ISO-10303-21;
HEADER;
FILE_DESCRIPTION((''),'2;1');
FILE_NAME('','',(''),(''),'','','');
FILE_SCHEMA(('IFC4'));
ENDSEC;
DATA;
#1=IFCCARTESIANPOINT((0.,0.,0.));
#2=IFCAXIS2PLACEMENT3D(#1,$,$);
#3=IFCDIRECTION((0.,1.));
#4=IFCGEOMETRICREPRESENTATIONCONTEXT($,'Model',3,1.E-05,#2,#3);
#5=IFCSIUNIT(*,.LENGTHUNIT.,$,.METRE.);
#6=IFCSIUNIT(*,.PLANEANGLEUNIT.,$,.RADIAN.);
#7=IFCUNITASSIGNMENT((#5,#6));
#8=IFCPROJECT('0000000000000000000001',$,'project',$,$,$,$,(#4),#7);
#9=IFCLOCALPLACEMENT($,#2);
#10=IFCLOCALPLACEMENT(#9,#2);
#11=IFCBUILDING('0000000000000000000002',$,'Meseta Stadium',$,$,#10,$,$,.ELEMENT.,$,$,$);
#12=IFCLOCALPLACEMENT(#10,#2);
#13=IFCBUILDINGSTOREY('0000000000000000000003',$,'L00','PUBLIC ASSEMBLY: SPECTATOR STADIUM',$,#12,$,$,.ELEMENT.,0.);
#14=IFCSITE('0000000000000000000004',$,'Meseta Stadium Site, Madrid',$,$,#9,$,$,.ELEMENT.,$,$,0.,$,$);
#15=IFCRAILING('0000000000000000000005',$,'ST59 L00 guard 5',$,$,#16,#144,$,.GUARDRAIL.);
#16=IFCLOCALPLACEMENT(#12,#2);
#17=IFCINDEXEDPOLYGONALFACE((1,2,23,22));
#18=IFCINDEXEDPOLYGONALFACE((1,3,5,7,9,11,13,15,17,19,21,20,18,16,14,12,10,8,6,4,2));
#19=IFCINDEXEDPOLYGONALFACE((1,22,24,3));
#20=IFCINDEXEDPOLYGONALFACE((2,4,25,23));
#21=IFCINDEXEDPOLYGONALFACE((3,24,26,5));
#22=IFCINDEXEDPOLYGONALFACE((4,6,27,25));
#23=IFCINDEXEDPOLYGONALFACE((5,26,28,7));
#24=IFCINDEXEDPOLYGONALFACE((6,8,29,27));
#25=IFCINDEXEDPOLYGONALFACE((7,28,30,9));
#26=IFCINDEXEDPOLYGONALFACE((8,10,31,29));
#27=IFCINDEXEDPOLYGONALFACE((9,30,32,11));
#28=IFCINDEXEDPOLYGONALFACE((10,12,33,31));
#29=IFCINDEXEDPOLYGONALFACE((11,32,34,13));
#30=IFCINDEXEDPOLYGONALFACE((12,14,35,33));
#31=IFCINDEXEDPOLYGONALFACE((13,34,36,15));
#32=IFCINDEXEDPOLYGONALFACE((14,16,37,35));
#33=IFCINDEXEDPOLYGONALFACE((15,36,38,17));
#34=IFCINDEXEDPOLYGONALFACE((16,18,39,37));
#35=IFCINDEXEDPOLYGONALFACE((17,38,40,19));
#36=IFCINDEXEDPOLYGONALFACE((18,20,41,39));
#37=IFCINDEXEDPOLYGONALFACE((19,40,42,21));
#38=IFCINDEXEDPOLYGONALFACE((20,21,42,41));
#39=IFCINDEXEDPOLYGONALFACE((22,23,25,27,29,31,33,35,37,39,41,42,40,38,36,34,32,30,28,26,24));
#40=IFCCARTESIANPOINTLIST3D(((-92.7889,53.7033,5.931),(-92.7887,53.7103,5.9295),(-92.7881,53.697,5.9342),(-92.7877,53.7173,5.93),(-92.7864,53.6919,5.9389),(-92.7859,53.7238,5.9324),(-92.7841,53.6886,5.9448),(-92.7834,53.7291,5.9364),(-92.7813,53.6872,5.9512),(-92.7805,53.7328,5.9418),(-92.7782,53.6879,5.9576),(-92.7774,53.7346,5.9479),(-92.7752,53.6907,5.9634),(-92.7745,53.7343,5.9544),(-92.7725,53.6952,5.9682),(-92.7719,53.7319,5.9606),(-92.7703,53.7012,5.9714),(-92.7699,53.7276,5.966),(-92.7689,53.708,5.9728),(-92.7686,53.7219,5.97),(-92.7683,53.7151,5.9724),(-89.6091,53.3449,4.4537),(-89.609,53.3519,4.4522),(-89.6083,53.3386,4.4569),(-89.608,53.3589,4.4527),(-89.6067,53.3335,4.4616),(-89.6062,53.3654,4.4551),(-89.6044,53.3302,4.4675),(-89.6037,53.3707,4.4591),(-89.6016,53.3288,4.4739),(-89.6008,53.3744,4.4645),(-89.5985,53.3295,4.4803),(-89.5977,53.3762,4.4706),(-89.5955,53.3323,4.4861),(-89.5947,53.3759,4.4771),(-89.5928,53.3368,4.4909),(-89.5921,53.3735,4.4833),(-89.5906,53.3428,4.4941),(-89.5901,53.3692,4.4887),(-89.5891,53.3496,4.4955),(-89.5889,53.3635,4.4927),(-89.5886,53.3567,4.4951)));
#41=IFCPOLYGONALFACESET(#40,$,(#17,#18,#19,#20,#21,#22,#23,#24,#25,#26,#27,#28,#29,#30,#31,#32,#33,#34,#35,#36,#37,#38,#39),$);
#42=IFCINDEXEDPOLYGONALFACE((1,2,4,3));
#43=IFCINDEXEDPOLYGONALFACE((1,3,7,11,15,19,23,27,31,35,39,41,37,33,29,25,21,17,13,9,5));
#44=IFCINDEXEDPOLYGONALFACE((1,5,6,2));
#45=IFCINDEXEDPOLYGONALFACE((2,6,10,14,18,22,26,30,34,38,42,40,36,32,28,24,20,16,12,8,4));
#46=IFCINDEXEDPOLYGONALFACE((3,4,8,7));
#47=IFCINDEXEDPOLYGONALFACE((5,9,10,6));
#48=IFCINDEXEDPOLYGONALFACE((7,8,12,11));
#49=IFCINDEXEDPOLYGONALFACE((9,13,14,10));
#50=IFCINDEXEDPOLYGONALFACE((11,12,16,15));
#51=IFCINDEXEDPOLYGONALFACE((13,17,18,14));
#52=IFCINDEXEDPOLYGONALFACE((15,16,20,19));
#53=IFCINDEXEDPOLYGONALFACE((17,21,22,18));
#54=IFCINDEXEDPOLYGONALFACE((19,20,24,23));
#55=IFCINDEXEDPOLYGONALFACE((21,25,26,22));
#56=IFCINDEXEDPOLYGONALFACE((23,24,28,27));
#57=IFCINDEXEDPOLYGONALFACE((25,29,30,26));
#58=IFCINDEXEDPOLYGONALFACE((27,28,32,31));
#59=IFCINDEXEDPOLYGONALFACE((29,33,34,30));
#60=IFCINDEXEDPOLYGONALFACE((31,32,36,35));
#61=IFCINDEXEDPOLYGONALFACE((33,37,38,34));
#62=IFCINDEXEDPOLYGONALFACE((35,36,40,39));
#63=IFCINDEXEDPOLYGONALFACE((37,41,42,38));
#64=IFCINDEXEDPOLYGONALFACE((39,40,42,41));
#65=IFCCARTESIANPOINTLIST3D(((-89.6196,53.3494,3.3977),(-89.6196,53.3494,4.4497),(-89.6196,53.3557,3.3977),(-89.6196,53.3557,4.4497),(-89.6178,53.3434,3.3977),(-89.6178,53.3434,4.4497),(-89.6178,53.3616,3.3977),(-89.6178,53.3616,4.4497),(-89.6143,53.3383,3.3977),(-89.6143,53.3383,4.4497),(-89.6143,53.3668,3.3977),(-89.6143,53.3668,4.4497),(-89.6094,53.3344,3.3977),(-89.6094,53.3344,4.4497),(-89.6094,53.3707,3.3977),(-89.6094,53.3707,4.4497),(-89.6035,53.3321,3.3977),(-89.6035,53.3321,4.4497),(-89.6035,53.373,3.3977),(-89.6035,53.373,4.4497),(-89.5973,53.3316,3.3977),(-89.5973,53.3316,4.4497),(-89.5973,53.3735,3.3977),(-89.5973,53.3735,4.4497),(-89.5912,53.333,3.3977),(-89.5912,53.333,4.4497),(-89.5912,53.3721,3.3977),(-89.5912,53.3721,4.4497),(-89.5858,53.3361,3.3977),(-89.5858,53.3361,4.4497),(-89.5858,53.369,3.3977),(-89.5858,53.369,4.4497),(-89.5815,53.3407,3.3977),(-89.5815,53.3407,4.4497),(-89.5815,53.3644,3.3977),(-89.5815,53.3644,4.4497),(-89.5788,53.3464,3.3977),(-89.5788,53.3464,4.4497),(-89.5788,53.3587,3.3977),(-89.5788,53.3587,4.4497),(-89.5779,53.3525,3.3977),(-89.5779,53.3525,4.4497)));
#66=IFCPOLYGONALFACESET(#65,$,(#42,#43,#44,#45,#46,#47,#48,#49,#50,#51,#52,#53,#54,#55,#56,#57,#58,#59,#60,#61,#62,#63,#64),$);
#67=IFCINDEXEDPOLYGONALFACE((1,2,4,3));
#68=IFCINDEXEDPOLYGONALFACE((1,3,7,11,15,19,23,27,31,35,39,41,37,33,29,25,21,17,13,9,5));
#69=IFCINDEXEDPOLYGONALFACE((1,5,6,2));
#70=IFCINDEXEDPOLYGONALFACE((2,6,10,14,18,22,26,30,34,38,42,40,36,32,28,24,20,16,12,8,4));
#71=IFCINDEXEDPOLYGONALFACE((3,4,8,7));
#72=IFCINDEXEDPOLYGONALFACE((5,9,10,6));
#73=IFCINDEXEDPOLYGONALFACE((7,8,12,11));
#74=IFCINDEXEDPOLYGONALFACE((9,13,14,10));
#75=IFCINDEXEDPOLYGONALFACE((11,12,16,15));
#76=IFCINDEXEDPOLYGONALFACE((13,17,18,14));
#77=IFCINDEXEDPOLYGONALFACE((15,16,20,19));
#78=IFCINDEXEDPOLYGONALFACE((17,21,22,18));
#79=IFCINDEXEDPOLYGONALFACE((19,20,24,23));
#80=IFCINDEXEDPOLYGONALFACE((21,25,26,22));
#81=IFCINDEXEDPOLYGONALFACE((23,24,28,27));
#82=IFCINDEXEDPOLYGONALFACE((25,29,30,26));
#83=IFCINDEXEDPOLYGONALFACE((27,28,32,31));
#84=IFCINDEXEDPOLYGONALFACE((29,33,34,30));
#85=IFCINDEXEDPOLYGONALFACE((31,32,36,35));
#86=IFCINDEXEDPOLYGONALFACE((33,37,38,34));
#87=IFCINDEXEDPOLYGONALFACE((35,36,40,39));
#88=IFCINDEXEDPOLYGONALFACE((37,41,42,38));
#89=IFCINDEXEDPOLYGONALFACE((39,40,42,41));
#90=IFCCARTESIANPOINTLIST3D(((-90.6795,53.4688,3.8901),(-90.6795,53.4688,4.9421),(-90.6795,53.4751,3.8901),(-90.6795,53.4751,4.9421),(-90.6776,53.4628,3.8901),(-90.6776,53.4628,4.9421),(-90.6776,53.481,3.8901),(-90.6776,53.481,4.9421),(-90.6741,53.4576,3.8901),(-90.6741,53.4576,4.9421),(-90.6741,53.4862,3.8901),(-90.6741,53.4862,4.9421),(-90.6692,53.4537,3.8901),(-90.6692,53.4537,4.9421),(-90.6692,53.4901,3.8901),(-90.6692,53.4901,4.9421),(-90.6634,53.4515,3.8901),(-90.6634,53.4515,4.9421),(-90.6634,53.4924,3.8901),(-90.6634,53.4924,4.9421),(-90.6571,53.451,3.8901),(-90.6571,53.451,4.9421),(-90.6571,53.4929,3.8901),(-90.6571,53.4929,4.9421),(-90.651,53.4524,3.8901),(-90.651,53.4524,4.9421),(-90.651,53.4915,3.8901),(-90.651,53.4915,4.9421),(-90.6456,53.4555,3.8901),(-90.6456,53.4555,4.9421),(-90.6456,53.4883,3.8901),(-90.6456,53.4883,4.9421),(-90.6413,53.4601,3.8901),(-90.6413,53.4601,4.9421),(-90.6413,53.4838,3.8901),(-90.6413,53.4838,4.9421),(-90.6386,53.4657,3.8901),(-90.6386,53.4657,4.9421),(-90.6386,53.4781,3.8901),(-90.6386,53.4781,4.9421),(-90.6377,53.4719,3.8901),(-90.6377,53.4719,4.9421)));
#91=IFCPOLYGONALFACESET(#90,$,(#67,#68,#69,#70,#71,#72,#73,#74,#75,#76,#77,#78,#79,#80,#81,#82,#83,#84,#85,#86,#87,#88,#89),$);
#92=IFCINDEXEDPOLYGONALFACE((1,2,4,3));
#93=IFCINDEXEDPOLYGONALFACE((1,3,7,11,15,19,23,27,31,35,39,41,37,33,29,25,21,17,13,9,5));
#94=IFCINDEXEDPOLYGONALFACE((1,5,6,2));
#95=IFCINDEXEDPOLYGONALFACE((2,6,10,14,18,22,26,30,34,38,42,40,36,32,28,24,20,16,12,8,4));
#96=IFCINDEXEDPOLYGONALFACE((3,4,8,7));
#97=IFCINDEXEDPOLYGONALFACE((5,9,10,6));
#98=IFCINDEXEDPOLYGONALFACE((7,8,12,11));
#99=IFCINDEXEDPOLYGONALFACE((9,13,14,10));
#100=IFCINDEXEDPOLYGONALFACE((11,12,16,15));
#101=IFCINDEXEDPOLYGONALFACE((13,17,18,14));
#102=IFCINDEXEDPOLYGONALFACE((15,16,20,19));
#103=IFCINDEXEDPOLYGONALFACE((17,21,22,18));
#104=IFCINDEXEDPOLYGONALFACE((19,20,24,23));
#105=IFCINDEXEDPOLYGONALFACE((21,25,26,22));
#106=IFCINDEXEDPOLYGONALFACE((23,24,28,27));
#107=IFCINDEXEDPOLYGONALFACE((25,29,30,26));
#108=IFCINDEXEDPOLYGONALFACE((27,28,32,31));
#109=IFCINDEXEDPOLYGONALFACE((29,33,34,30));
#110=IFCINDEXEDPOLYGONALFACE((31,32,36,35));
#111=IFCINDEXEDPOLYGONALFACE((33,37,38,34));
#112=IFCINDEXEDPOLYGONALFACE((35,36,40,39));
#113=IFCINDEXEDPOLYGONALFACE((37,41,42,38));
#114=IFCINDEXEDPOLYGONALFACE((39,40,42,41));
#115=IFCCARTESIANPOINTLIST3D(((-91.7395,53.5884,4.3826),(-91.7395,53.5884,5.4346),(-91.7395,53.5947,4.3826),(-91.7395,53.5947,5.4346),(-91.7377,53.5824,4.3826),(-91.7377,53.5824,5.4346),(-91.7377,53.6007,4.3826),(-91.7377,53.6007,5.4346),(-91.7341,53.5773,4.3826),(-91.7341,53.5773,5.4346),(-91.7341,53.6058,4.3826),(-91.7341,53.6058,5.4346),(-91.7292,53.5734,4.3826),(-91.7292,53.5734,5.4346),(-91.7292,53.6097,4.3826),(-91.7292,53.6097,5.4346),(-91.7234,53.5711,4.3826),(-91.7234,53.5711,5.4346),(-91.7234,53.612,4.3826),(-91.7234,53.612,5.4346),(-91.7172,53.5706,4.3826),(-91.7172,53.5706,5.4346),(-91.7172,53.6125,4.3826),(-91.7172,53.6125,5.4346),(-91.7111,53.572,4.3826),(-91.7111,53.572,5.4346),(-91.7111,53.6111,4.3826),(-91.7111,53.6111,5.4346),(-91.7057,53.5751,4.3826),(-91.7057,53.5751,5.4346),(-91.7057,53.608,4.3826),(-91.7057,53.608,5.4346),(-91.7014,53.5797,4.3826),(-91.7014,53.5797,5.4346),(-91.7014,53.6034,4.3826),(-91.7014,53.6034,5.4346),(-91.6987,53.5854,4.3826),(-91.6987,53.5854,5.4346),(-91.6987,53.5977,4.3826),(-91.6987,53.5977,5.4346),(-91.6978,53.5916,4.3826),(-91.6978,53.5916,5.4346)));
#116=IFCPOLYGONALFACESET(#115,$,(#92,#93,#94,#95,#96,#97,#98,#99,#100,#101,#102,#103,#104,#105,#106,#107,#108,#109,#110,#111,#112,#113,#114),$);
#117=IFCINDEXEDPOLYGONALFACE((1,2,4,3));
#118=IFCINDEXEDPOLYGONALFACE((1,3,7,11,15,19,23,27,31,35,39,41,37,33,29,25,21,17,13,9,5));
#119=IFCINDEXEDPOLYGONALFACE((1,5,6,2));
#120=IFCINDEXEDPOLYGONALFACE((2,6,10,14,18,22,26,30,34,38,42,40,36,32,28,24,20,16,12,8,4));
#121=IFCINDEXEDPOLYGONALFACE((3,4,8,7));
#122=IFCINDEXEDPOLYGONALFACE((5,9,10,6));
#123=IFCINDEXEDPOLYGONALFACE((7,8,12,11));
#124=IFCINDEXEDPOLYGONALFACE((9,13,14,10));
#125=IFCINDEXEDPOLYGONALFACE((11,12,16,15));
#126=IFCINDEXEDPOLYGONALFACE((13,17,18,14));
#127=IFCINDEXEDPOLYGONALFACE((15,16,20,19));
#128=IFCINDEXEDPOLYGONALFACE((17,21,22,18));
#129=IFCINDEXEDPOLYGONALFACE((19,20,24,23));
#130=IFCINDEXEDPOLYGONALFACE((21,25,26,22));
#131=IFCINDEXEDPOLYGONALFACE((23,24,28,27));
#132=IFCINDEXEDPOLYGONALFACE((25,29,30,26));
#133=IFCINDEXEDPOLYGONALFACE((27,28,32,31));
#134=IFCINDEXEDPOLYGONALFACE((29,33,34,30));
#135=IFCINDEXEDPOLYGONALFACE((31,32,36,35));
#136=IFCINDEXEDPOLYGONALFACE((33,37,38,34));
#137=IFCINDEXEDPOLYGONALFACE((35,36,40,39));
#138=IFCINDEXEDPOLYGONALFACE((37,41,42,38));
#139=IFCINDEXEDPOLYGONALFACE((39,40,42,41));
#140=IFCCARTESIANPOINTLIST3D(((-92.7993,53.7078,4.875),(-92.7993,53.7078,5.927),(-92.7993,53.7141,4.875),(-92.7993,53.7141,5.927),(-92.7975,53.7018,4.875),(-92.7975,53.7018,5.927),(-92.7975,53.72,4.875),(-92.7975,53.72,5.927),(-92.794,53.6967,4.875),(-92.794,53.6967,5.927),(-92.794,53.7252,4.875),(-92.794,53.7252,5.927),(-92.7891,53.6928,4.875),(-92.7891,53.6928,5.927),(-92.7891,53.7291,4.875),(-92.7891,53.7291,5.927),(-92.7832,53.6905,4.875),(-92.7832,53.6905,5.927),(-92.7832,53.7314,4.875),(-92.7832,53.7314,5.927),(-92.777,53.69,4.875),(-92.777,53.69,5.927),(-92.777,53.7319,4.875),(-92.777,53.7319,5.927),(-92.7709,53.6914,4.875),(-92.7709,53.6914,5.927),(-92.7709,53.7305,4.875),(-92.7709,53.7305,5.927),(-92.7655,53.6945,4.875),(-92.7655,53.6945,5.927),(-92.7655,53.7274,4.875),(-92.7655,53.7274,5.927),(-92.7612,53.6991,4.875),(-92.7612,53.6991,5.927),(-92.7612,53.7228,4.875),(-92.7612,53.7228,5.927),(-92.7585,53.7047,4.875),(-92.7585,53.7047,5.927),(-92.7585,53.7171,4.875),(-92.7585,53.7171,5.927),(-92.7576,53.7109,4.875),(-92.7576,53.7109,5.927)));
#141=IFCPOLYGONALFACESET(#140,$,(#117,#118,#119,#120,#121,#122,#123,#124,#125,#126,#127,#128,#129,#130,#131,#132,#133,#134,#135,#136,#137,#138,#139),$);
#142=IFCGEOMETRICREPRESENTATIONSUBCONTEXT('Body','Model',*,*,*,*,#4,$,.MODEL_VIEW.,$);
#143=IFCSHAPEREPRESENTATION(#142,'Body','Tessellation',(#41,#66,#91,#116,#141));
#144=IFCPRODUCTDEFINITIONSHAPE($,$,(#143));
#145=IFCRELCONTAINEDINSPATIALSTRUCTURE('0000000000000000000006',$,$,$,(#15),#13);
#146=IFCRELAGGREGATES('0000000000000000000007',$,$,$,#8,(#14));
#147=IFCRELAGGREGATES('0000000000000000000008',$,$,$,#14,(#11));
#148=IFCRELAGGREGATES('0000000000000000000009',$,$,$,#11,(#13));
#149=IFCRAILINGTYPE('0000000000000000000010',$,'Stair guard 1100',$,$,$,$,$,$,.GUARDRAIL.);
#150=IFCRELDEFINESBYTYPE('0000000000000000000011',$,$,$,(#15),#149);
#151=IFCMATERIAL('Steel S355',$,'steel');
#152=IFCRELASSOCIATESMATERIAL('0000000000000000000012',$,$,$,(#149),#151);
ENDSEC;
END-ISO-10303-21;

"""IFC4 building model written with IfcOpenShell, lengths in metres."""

from ifc_helpers import new_model, si_unit, direction, frame, origin, origin_2d, place, context, subcontext, project, spatial, circle, extrude, material, type_object, element, save


model = new_model("IFC4")

# Units and contexts
model_context = context("Model", 3, precision=1e-05, world=origin(), true_north=direction((0.0, 1.0)))
body_context = subcontext(model_context, "Body", "Model", "MODEL_VIEW")
ifc_project = project(units=[si_unit("LENGTHUNIT", "METRE"), si_unit("PLANEANGLEUNIT", "RADIAN")], contexts=[model_context])

# Site, building, storey
site_placement = place(None, origin())
site = spatial("IfcSite", under=ifc_project, at=site_placement, Name="Meseta Stadium Site, Madrid", CompositionType="ELEMENT", RefElevation=0.0)
building_placement = place(site_placement, origin())
building = spatial("IfcBuilding", under=site, at=building_placement, Name="Meseta Stadium", CompositionType="ELEMENT")
storey_placement = place(building_placement, origin())
storey = spatial("IfcBuildingStorey", under=building, at=storey_placement, Name="L00", Description="PUBLIC ASSEMBLY: SPECTATOR STADIUM", CompositionType="ELEMENT", Elevation=0.0)

# Railing
ifc_material_1 = material(Name="Steel S355", Category="steel")
railing_type_1 = type_object("IfcRailingType", Name="Stair guard 1100", PredefinedType="GUARDRAIL", material=ifc_material_1)
railing_1_placement = place(storey_placement, frame((-89.5989, 53.3525, 3.3977)))
element("IfcRailing", 1, at=railing_1_placement, inside=storey, type_object=railing_type_1, Name="ST59 L00 guard 5", PredefinedType="GUARDRAIL", context=body_context, shape_type="SweptSolid", body=[
    extrude(circle(Radius=0.0239, at=origin_2d()), frame((0.0, 0.0, 1.0762), z_axis=(-0.902197, 0.101691, 0.419164), x_axis=(-0.112006, -0.993708, 0.0)), (0.0, 0.0, 1.0), 3.5244),
    extrude(circle(Radius=0.021, at=origin_2d()), origin(), (0.0, 0.0, 1.0), 1.052),
    extrude(circle(Radius=0.021, at=origin_2d()), frame((-1.0598, 0.1194, 0.4924)), (0.0, 0.0, 1.0), 1.052),
    extrude(circle(Radius=0.021, at=origin_2d()), frame((-2.1199, 0.239, 0.9849)), (0.0, 0.0, 1.0), 1.052),
    extrude(circle(Radius=0.021, at=origin_2d()), frame((-3.1797, 0.3584, 1.4773)), (0.0, 0.0, 1.0), 1.052),
])

save(model, "model.ifc")
